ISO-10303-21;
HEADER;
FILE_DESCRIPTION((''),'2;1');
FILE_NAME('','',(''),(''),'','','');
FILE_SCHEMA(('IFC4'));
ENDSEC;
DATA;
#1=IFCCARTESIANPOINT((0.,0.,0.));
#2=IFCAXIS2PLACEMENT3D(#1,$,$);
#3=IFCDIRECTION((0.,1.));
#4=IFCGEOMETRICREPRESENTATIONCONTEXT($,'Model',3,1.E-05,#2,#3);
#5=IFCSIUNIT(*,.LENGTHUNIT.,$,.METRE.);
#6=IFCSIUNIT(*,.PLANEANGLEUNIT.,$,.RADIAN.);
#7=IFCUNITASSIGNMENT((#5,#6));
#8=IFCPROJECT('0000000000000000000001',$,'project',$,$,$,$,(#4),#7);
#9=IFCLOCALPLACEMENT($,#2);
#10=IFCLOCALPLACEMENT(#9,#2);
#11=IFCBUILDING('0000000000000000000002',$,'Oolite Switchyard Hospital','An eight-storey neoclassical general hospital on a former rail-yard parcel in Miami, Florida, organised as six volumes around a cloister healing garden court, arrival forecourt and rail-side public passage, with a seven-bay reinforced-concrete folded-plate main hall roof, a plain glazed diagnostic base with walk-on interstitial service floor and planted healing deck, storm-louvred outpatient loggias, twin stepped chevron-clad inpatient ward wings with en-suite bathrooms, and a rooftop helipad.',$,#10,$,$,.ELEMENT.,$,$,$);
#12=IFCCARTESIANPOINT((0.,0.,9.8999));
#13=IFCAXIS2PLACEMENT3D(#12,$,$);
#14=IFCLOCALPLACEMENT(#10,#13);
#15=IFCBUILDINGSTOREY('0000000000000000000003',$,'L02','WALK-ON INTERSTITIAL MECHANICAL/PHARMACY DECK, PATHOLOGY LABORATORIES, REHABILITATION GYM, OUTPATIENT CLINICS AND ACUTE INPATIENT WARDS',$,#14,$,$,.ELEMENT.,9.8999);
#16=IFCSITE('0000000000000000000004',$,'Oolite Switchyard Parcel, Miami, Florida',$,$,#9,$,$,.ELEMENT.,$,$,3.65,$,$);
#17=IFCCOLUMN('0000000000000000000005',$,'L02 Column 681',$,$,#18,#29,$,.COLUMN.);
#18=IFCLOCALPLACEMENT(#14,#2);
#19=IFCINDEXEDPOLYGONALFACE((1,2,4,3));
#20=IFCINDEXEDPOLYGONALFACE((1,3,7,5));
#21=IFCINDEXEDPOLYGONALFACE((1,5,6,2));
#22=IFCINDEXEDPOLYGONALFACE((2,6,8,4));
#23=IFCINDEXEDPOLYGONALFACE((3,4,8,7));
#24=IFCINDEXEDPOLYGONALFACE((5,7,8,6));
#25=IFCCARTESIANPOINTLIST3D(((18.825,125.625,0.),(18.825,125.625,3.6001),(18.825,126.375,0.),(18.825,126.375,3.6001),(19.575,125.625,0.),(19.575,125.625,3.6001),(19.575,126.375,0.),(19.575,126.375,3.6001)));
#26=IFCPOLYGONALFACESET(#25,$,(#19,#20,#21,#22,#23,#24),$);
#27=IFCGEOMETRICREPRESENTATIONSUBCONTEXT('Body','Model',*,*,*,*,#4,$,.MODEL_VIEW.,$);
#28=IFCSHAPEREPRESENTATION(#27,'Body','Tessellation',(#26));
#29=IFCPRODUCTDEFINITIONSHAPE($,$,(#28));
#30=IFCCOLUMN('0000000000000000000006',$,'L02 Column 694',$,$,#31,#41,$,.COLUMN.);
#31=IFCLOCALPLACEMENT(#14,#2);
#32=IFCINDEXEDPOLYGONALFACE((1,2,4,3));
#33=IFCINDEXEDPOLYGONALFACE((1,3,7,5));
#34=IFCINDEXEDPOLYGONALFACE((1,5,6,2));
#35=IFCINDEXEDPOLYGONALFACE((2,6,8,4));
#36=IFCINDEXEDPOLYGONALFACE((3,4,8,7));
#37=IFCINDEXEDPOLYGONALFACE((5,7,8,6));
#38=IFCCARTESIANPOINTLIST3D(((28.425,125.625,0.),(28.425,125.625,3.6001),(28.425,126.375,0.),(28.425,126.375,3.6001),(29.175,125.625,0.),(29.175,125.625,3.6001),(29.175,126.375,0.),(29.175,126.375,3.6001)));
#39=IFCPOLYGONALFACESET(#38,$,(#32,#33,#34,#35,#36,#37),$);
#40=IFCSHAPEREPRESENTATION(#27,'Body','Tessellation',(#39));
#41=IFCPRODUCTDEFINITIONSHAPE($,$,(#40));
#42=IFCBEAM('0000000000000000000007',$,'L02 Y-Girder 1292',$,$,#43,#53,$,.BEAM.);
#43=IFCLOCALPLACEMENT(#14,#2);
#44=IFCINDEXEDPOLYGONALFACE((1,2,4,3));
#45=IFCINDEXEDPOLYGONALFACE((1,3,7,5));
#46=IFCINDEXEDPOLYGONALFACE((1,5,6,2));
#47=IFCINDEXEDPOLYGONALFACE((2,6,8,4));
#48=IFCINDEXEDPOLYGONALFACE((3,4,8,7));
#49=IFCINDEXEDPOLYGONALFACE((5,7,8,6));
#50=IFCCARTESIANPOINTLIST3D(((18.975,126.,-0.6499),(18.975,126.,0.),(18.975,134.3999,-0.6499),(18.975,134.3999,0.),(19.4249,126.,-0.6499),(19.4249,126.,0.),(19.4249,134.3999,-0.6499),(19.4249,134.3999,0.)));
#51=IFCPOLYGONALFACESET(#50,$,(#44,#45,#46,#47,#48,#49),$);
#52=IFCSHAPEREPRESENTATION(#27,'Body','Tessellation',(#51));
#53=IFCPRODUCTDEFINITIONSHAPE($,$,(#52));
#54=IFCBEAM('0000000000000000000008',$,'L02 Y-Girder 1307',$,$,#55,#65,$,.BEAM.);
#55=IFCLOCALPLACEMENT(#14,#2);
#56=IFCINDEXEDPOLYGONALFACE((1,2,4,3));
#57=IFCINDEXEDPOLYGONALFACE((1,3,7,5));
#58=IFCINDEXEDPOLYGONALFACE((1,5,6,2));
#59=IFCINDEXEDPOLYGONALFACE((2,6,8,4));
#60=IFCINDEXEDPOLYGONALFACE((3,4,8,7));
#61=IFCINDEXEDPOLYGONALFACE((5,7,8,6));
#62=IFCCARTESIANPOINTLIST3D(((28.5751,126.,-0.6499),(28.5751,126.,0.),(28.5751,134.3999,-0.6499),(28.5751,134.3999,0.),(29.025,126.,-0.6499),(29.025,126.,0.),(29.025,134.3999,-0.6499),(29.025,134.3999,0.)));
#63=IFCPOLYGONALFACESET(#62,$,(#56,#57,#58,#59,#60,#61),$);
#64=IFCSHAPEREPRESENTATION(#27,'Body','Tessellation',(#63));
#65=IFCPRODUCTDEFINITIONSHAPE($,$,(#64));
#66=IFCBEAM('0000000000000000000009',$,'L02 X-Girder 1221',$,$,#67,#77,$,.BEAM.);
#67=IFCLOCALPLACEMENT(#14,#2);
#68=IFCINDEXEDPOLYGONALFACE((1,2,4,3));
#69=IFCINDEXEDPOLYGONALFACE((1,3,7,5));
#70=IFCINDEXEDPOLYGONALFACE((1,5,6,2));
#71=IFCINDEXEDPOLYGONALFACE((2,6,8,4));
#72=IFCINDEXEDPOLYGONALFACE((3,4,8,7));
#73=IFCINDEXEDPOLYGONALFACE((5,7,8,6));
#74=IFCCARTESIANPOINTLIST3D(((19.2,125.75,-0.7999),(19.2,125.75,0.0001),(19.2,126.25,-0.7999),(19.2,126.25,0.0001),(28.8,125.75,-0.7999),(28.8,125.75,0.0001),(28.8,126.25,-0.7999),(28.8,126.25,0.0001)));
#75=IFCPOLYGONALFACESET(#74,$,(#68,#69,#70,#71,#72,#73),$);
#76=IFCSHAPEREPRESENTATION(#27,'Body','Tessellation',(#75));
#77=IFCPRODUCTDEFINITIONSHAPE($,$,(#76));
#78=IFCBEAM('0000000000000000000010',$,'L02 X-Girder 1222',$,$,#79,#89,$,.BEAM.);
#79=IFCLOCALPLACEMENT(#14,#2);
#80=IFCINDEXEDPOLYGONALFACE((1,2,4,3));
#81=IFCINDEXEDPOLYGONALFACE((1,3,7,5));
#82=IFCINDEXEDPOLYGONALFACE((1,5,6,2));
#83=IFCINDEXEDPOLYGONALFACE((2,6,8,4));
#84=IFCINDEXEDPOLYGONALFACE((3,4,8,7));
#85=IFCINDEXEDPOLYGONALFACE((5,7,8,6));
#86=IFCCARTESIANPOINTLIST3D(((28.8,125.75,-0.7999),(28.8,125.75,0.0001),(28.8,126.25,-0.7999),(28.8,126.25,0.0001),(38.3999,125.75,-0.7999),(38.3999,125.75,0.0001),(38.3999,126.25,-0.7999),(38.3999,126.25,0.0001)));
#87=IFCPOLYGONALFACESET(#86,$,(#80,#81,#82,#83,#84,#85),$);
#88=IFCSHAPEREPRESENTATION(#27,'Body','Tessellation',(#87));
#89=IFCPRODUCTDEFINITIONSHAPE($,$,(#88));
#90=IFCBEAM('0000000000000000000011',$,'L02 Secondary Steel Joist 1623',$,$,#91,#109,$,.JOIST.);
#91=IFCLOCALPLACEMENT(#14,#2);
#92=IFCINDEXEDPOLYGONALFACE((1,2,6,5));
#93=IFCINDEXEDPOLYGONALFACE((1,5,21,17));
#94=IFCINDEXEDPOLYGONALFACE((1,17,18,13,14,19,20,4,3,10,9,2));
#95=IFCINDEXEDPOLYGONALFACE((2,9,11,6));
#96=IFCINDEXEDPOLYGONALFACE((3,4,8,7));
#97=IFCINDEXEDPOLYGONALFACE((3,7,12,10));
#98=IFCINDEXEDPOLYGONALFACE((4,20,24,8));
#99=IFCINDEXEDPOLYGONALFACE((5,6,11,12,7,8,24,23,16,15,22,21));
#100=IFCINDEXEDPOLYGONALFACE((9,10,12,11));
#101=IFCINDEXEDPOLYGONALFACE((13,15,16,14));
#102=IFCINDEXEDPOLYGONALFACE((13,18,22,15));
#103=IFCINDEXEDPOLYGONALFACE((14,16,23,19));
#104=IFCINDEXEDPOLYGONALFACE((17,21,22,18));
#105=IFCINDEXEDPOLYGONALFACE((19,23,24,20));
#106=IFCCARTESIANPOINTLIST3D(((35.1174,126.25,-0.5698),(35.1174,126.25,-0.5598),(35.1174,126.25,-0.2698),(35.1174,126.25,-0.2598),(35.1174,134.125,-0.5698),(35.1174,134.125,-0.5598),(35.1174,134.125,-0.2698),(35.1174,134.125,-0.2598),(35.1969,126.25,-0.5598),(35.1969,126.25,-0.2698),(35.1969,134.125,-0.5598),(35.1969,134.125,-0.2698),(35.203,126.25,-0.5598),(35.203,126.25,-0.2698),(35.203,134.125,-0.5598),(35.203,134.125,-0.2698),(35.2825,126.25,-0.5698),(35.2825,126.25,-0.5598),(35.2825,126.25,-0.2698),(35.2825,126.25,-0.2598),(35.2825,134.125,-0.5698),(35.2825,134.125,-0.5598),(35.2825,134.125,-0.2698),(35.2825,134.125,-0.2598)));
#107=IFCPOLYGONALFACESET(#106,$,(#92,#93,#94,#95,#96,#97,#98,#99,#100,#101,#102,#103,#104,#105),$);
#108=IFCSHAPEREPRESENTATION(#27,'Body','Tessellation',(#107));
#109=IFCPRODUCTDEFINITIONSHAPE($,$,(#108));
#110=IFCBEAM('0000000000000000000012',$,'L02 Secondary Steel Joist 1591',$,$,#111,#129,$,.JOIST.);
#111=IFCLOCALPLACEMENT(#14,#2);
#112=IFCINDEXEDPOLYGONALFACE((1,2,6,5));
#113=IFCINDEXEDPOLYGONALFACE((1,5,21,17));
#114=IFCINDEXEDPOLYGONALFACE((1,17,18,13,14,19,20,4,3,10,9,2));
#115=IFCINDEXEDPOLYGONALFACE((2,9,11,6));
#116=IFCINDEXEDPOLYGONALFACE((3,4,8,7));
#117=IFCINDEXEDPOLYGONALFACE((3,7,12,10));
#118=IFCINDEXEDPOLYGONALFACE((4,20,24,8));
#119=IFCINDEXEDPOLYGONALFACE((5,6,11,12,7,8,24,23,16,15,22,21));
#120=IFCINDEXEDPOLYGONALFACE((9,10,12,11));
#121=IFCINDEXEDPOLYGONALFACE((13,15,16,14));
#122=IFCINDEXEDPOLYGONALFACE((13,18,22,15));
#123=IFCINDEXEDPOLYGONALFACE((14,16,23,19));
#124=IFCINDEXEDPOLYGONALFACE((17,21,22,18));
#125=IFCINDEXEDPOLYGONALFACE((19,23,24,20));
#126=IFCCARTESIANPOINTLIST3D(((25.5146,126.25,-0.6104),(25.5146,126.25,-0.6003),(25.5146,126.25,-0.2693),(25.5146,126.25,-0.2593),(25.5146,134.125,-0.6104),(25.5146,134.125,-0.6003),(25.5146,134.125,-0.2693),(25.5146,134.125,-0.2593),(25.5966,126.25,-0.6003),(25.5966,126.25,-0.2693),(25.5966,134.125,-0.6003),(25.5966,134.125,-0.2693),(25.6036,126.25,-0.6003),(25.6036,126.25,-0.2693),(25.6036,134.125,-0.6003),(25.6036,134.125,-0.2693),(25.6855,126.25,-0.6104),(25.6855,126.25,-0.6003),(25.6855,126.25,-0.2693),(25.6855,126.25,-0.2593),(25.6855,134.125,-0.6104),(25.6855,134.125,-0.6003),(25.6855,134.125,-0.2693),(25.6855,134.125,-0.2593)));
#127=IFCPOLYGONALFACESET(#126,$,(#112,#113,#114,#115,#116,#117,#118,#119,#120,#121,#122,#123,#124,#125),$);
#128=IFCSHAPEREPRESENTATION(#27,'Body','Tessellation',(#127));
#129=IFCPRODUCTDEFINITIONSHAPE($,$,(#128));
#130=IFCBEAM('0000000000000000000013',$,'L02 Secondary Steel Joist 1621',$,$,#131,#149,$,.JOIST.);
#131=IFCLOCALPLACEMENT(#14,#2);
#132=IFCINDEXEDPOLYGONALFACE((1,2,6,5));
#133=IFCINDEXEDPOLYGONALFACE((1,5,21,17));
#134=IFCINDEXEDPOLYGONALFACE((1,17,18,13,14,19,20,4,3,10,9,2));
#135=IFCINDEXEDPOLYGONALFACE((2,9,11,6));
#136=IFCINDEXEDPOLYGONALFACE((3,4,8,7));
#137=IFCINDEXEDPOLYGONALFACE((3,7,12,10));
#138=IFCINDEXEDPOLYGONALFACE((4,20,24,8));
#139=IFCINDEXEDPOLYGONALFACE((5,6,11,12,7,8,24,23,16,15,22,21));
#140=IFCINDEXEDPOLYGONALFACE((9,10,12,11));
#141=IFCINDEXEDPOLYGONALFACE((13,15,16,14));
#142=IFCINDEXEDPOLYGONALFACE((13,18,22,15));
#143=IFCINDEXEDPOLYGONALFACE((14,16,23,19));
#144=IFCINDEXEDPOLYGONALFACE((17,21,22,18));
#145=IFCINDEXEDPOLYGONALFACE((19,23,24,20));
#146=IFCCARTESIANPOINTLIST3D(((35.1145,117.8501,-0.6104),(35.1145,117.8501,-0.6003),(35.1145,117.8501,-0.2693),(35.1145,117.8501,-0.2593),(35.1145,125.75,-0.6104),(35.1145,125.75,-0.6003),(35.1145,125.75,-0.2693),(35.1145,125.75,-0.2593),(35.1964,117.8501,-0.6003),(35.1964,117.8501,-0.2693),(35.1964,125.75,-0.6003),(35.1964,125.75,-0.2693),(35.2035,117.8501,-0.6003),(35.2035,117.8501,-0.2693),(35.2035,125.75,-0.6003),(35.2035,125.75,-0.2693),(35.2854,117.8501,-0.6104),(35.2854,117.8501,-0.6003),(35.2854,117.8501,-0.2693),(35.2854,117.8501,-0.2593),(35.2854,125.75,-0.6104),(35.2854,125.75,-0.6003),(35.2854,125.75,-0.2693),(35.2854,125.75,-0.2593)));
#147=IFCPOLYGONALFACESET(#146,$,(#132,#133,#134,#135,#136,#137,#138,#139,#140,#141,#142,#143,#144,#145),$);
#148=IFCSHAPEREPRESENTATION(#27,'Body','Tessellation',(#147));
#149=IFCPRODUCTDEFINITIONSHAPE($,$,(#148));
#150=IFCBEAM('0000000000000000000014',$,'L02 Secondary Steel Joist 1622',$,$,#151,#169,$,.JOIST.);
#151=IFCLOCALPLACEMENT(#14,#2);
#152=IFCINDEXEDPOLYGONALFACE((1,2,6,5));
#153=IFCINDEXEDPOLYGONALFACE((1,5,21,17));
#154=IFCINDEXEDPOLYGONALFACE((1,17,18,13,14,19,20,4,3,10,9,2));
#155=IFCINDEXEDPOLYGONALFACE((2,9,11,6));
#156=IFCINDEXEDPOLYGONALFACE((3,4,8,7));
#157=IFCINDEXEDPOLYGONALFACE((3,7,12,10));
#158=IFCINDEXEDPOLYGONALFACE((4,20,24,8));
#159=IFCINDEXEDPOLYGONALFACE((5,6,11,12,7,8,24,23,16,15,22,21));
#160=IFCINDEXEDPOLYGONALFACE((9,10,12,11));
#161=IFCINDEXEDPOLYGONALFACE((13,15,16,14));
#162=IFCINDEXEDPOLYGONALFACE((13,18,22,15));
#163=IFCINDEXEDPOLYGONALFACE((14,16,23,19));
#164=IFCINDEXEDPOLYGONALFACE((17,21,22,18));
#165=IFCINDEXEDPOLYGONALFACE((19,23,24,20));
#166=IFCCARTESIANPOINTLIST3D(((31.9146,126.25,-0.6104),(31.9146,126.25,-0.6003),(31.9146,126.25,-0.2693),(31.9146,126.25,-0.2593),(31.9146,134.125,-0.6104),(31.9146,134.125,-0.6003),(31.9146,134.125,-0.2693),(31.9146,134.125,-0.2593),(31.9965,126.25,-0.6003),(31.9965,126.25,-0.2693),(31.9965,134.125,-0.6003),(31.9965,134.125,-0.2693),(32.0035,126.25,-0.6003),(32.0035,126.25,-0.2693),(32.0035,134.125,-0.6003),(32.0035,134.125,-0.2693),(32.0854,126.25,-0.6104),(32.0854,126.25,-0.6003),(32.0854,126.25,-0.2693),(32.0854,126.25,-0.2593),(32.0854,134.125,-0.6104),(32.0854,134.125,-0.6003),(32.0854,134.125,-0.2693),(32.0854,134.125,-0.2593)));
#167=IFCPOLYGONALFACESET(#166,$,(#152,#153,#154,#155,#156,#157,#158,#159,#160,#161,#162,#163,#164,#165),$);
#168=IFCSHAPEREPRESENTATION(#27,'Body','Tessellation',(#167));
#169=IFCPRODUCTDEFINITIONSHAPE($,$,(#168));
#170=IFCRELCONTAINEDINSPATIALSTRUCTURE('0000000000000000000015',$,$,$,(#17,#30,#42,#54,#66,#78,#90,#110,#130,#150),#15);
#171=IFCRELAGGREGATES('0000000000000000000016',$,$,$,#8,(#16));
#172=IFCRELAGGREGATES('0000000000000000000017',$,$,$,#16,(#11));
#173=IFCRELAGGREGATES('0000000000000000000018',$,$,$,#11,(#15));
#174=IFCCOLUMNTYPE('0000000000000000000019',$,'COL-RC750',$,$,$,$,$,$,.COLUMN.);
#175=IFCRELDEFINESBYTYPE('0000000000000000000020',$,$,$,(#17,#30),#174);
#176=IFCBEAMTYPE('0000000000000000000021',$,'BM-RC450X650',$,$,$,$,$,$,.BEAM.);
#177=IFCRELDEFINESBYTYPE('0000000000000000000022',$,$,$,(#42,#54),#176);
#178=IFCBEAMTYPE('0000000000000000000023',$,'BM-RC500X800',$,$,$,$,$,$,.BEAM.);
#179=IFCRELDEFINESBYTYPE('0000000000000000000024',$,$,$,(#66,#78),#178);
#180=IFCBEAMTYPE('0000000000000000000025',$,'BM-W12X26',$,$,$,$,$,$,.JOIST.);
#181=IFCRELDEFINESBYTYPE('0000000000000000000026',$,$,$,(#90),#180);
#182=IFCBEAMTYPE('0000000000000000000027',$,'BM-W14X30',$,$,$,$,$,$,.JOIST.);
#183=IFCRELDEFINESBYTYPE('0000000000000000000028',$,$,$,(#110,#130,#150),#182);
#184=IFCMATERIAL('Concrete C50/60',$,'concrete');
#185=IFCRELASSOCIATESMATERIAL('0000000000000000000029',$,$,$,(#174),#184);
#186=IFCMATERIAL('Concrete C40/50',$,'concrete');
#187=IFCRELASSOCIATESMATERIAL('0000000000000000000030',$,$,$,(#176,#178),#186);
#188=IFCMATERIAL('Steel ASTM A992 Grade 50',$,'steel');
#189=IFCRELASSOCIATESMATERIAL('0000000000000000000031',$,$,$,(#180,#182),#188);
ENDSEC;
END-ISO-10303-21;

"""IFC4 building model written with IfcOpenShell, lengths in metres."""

from ifc_helpers import new_model, si_unit, direction, frame, origin, origin_2d, place, context, subcontext, project, spatial, rectangle, i_section, extrude, material, material_profile, profile_set, type_object, element, save


model = new_model("IFC4")

# Units and contexts
model_context = context("Model", 3, precision=1e-05, world=origin(), true_north=direction((0.0, 1.0)))
body_context = subcontext(model_context, "Body", "Model", "MODEL_VIEW")
ifc_project = project(units=[si_unit("LENGTHUNIT", "METRE"), si_unit("PLANEANGLEUNIT", "RADIAN")], contexts=[model_context])

# Site, building, storey
site_placement = place(None, origin())
site = spatial("IfcSite", under=ifc_project, at=site_placement, Name="Oolite Switchyard Parcel, Miami, Florida", CompositionType="ELEMENT", RefElevation=3.65)
building_placement = place(site_placement, origin())
building = spatial("IfcBuilding", under=site, at=building_placement, Name="Oolite Switchyard Hospital", Description="An eight-storey neoclassical general hospital on a former rail-yard parcel in Miami, Florida, organised as six volumes around a cloister healing garden court, arrival forecourt and rail-side public passage, with a seven-bay reinforced-concrete folded-plate main hall roof, a plain glazed diagnostic base with walk-on interstitial service floor and planted healing deck, storm-louvred outpatient loggias, twin stepped chevron-clad inpatient ward wings with en-suite bathrooms, and a rooftop helipad.", CompositionType="ELEMENT")
storey_placement = place(building_placement, frame((0.0, 0.0, 9.8999)))
storey = spatial("IfcBuildingStorey", under=building, at=storey_placement, Name="L02", Description="WALK-ON INTERSTITIAL MECHANICAL/PHARMACY DECK, PATHOLOGY LABORATORIES, REHABILITATION GYM, OUTPATIENT CLINICS AND ACUTE INPATIENT WARDS", CompositionType="ELEMENT", Elevation=9.8999)

# Columns
ifc_material_1 = material(Name="Concrete C50/60", Category="concrete")
ifc_material_profile_1 = material_profile(ifc_material_1, rectangle(XDim=0.75, YDim=0.75, at=origin_2d()), Name="RC750X750")
ifc_profile_set_1 = profile_set([ifc_material_profile_1], Name="Concrete C50/60")
column_type = type_object("IfcColumnType", Name="COL-RC750", PredefinedType="COLUMN", material=ifc_profile_set_1)
for number, where, z_axis, x_axis, name in (
    (1, (19.2, 126.0, 0.0), (0.0, 0.0, 1.0), (1.0, 0.0, 0.0), "L02 Column 681"),
    (2, (28.8, 126.0, 0.0), (0.0, 0.0, 1.0), (1.0, 0.0, 0.0), "L02 Column 694"),
):
    element("IfcColumn", number, at=place(storey_placement, frame(where, z_axis=z_axis, x_axis=x_axis)), inside=storey, type_object=column_type, Name=name, PredefinedType="COLUMN", context=body_context, shape_type="SweptSolid", body=[
        extrude(rectangle(XDim=0.75, YDim=0.75, at=origin_2d()), origin(), (0.0, 0.0, 1.0), 3.6001),
    ])

# Beams
ifc_material_2 = material(Name="Concrete C40/50", Category="concrete")
ifc_material_profile_2 = material_profile(ifc_material_2, rectangle(XDim=0.45, YDim=0.6499, at=origin_2d()), Name="RCB450X650")
ifc_profile_set_2 = profile_set([ifc_material_profile_2], Name="Concrete C40/50")
beam_type_1 = type_object("IfcBeamType", Name="BM-RC450X650", PredefinedType="BEAM", material=ifc_profile_set_2)
for number, where, z_axis, x_axis, name in (
    (3, (19.2, 126.0, -0.325), (0.0, 1.0, 0.0), (-1.0, 0.0, 0.0), "L02 Y-Girder 1292"),
    (4, (28.8, 126.0, -0.325), (0.0, 1.0, 0.0), (-1.0, 0.0, 0.0), "L02 Y-Girder 1307"),
):
    element("IfcBeam", number, at=place(storey_placement, frame(where, z_axis=z_axis, x_axis=x_axis)), inside=storey, type_object=beam_type_1, Name=name, PredefinedType="BEAM", context=body_context, shape_type="SweptSolid", body=[
        extrude(rectangle(XDim=0.45, YDim=0.6499, at=origin_2d()), origin(), (0.0, 0.0, 1.0), 8.3999),
    ])
ifc_material_profile_3 = material_profile(ifc_material_2, rectangle(XDim=0.5, YDim=0.8, at=origin_2d()), Name="RCB500X800")
ifc_profile_set_3 = profile_set([ifc_material_profile_3], Name="Concrete C40/50")
beam_type_2 = type_object("IfcBeamType", Name="BM-RC500X800", PredefinedType="BEAM", material=ifc_profile_set_3)
beam_1_placement = place(storey_placement, frame((19.2, 126.0, -0.3999), z_axis=(1.0, 0.0, 0.0), x_axis=(0.0, 1.0, 0.0)))
element("IfcBeam", 5, at=beam_1_placement, inside=storey, type_object=beam_type_2, Name="L02 X-Girder 1221", PredefinedType="BEAM", context=body_context, shape_type="SweptSolid", body=[
    extrude(rectangle(XDim=0.5, YDim=0.8, at=origin_2d()), origin(), (0.0, 0.0, 1.0), 9.6001),
])
beam_2_placement = place(storey_placement, frame((28.8, 126.0, -0.3999), z_axis=(1.0, 0.0, 0.0), x_axis=(0.0, 1.0, 0.0)))
element("IfcBeam", 6, at=beam_2_placement, inside=storey, type_object=beam_type_2, Name="L02 X-Girder 1222", PredefinedType="BEAM", context=body_context, shape_type="SweptSolid", body=[
    extrude(rectangle(XDim=0.5, YDim=0.8, at=origin_2d()), origin(), (0.0, 0.0, 1.0), 9.5999),
])
ifc_material_3 = material(Name="Steel ASTM A992 Grade 50", Category="steel")
ifc_material_profile_4 = material_profile(ifc_material_3, i_section(OverallWidth=0.165, OverallDepth=0.3101, WebThickness=0.0061, FlangeThickness=0.01, at=origin_2d()), Name="W12X26")
ifc_profile_set_4 = profile_set([ifc_material_profile_4], Name="Steel ASTM A992 Grade 50")
beam_type_3 = type_object("IfcBeamType", Name="BM-W12X26", PredefinedType="JOIST", material=ifc_profile_set_4)
beam_3_placement = place(storey_placement, frame((35.2, 126.25, -0.4148), z_axis=(0.0, 1.0, 0.0), x_axis=(-1.0, 0.0, 0.0)))
element("IfcBeam", 7, at=beam_3_placement, inside=storey, type_object=beam_type_3, Name="L02 Secondary Steel Joist 1623", PredefinedType="JOIST", context=body_context, shape_type="SweptSolid", body=[
    extrude(i_section(OverallWidth=0.165, OverallDepth=0.3101, WebThickness=0.0061, FlangeThickness=0.01, at=origin_2d()), origin(), (0.0, 0.0, 1.0), 7.875),
])
ifc_material_profile_5 = material_profile(ifc_material_3, i_section(OverallWidth=0.1709, OverallDepth=0.3511, WebThickness=0.0071, FlangeThickness=0.01, at=origin_2d()), Name="W14X30")
ifc_profile_set_5 = profile_set([ifc_material_profile_5], Name="Steel ASTM A992 Grade 50")
beam_type_4 = type_object("IfcBeamType", Name="BM-W14X30", PredefinedType="JOIST", material=ifc_profile_set_5)
beam_4_placement = place(storey_placement, frame((25.6001, 126.25, -0.4348), z_axis=(0.0, 1.0, 0.0), x_axis=(-1.0, 0.0, 0.0)))
element("IfcBeam", 8, at=beam_4_placement, inside=storey, type_object=beam_type_4, Name="L02 Secondary Steel Joist 1591", PredefinedType="JOIST", context=body_context, shape_type="SweptSolid", body=[
    extrude(i_section(OverallWidth=0.1709, OverallDepth=0.3511, WebThickness=0.0071, FlangeThickness=0.01, at=origin_2d()), origin(), (0.0, 0.0, 1.0), 7.875),
])
beam_5_placement = place(storey_placement, frame((35.2, 117.8501, -0.4348), z_axis=(0.0, 1.0, 0.0), x_axis=(-1.0, 0.0, 0.0)))
element("IfcBeam", 9, at=beam_5_placement, inside=storey, type_object=beam_type_4, Name="L02 Secondary Steel Joist 1621", PredefinedType="JOIST", context=body_context, shape_type="SweptSolid", body=[
    extrude(i_section(OverallWidth=0.1709, OverallDepth=0.3511, WebThickness=0.0071, FlangeThickness=0.01, at=origin_2d()), origin(), (0.0, 0.0, 1.0), 7.8999),
])
beam_6_placement = place(storey_placement, frame((32.0, 126.25, -0.4348), z_axis=(0.0, 1.0, 0.0), x_axis=(-1.0, 0.0, 0.0)))
element("IfcBeam", 10, at=beam_6_placement, inside=storey, type_object=beam_type_4, Name="L02 Secondary Steel Joist 1622", PredefinedType="JOIST", context=body_context, shape_type="SweptSolid", body=[
    extrude(i_section(OverallWidth=0.1709, OverallDepth=0.3511, WebThickness=0.0071, FlangeThickness=0.01, at=origin_2d()), origin(), (0.0, 0.0, 1.0), 7.875),
])

save(model, "model.ifc")
